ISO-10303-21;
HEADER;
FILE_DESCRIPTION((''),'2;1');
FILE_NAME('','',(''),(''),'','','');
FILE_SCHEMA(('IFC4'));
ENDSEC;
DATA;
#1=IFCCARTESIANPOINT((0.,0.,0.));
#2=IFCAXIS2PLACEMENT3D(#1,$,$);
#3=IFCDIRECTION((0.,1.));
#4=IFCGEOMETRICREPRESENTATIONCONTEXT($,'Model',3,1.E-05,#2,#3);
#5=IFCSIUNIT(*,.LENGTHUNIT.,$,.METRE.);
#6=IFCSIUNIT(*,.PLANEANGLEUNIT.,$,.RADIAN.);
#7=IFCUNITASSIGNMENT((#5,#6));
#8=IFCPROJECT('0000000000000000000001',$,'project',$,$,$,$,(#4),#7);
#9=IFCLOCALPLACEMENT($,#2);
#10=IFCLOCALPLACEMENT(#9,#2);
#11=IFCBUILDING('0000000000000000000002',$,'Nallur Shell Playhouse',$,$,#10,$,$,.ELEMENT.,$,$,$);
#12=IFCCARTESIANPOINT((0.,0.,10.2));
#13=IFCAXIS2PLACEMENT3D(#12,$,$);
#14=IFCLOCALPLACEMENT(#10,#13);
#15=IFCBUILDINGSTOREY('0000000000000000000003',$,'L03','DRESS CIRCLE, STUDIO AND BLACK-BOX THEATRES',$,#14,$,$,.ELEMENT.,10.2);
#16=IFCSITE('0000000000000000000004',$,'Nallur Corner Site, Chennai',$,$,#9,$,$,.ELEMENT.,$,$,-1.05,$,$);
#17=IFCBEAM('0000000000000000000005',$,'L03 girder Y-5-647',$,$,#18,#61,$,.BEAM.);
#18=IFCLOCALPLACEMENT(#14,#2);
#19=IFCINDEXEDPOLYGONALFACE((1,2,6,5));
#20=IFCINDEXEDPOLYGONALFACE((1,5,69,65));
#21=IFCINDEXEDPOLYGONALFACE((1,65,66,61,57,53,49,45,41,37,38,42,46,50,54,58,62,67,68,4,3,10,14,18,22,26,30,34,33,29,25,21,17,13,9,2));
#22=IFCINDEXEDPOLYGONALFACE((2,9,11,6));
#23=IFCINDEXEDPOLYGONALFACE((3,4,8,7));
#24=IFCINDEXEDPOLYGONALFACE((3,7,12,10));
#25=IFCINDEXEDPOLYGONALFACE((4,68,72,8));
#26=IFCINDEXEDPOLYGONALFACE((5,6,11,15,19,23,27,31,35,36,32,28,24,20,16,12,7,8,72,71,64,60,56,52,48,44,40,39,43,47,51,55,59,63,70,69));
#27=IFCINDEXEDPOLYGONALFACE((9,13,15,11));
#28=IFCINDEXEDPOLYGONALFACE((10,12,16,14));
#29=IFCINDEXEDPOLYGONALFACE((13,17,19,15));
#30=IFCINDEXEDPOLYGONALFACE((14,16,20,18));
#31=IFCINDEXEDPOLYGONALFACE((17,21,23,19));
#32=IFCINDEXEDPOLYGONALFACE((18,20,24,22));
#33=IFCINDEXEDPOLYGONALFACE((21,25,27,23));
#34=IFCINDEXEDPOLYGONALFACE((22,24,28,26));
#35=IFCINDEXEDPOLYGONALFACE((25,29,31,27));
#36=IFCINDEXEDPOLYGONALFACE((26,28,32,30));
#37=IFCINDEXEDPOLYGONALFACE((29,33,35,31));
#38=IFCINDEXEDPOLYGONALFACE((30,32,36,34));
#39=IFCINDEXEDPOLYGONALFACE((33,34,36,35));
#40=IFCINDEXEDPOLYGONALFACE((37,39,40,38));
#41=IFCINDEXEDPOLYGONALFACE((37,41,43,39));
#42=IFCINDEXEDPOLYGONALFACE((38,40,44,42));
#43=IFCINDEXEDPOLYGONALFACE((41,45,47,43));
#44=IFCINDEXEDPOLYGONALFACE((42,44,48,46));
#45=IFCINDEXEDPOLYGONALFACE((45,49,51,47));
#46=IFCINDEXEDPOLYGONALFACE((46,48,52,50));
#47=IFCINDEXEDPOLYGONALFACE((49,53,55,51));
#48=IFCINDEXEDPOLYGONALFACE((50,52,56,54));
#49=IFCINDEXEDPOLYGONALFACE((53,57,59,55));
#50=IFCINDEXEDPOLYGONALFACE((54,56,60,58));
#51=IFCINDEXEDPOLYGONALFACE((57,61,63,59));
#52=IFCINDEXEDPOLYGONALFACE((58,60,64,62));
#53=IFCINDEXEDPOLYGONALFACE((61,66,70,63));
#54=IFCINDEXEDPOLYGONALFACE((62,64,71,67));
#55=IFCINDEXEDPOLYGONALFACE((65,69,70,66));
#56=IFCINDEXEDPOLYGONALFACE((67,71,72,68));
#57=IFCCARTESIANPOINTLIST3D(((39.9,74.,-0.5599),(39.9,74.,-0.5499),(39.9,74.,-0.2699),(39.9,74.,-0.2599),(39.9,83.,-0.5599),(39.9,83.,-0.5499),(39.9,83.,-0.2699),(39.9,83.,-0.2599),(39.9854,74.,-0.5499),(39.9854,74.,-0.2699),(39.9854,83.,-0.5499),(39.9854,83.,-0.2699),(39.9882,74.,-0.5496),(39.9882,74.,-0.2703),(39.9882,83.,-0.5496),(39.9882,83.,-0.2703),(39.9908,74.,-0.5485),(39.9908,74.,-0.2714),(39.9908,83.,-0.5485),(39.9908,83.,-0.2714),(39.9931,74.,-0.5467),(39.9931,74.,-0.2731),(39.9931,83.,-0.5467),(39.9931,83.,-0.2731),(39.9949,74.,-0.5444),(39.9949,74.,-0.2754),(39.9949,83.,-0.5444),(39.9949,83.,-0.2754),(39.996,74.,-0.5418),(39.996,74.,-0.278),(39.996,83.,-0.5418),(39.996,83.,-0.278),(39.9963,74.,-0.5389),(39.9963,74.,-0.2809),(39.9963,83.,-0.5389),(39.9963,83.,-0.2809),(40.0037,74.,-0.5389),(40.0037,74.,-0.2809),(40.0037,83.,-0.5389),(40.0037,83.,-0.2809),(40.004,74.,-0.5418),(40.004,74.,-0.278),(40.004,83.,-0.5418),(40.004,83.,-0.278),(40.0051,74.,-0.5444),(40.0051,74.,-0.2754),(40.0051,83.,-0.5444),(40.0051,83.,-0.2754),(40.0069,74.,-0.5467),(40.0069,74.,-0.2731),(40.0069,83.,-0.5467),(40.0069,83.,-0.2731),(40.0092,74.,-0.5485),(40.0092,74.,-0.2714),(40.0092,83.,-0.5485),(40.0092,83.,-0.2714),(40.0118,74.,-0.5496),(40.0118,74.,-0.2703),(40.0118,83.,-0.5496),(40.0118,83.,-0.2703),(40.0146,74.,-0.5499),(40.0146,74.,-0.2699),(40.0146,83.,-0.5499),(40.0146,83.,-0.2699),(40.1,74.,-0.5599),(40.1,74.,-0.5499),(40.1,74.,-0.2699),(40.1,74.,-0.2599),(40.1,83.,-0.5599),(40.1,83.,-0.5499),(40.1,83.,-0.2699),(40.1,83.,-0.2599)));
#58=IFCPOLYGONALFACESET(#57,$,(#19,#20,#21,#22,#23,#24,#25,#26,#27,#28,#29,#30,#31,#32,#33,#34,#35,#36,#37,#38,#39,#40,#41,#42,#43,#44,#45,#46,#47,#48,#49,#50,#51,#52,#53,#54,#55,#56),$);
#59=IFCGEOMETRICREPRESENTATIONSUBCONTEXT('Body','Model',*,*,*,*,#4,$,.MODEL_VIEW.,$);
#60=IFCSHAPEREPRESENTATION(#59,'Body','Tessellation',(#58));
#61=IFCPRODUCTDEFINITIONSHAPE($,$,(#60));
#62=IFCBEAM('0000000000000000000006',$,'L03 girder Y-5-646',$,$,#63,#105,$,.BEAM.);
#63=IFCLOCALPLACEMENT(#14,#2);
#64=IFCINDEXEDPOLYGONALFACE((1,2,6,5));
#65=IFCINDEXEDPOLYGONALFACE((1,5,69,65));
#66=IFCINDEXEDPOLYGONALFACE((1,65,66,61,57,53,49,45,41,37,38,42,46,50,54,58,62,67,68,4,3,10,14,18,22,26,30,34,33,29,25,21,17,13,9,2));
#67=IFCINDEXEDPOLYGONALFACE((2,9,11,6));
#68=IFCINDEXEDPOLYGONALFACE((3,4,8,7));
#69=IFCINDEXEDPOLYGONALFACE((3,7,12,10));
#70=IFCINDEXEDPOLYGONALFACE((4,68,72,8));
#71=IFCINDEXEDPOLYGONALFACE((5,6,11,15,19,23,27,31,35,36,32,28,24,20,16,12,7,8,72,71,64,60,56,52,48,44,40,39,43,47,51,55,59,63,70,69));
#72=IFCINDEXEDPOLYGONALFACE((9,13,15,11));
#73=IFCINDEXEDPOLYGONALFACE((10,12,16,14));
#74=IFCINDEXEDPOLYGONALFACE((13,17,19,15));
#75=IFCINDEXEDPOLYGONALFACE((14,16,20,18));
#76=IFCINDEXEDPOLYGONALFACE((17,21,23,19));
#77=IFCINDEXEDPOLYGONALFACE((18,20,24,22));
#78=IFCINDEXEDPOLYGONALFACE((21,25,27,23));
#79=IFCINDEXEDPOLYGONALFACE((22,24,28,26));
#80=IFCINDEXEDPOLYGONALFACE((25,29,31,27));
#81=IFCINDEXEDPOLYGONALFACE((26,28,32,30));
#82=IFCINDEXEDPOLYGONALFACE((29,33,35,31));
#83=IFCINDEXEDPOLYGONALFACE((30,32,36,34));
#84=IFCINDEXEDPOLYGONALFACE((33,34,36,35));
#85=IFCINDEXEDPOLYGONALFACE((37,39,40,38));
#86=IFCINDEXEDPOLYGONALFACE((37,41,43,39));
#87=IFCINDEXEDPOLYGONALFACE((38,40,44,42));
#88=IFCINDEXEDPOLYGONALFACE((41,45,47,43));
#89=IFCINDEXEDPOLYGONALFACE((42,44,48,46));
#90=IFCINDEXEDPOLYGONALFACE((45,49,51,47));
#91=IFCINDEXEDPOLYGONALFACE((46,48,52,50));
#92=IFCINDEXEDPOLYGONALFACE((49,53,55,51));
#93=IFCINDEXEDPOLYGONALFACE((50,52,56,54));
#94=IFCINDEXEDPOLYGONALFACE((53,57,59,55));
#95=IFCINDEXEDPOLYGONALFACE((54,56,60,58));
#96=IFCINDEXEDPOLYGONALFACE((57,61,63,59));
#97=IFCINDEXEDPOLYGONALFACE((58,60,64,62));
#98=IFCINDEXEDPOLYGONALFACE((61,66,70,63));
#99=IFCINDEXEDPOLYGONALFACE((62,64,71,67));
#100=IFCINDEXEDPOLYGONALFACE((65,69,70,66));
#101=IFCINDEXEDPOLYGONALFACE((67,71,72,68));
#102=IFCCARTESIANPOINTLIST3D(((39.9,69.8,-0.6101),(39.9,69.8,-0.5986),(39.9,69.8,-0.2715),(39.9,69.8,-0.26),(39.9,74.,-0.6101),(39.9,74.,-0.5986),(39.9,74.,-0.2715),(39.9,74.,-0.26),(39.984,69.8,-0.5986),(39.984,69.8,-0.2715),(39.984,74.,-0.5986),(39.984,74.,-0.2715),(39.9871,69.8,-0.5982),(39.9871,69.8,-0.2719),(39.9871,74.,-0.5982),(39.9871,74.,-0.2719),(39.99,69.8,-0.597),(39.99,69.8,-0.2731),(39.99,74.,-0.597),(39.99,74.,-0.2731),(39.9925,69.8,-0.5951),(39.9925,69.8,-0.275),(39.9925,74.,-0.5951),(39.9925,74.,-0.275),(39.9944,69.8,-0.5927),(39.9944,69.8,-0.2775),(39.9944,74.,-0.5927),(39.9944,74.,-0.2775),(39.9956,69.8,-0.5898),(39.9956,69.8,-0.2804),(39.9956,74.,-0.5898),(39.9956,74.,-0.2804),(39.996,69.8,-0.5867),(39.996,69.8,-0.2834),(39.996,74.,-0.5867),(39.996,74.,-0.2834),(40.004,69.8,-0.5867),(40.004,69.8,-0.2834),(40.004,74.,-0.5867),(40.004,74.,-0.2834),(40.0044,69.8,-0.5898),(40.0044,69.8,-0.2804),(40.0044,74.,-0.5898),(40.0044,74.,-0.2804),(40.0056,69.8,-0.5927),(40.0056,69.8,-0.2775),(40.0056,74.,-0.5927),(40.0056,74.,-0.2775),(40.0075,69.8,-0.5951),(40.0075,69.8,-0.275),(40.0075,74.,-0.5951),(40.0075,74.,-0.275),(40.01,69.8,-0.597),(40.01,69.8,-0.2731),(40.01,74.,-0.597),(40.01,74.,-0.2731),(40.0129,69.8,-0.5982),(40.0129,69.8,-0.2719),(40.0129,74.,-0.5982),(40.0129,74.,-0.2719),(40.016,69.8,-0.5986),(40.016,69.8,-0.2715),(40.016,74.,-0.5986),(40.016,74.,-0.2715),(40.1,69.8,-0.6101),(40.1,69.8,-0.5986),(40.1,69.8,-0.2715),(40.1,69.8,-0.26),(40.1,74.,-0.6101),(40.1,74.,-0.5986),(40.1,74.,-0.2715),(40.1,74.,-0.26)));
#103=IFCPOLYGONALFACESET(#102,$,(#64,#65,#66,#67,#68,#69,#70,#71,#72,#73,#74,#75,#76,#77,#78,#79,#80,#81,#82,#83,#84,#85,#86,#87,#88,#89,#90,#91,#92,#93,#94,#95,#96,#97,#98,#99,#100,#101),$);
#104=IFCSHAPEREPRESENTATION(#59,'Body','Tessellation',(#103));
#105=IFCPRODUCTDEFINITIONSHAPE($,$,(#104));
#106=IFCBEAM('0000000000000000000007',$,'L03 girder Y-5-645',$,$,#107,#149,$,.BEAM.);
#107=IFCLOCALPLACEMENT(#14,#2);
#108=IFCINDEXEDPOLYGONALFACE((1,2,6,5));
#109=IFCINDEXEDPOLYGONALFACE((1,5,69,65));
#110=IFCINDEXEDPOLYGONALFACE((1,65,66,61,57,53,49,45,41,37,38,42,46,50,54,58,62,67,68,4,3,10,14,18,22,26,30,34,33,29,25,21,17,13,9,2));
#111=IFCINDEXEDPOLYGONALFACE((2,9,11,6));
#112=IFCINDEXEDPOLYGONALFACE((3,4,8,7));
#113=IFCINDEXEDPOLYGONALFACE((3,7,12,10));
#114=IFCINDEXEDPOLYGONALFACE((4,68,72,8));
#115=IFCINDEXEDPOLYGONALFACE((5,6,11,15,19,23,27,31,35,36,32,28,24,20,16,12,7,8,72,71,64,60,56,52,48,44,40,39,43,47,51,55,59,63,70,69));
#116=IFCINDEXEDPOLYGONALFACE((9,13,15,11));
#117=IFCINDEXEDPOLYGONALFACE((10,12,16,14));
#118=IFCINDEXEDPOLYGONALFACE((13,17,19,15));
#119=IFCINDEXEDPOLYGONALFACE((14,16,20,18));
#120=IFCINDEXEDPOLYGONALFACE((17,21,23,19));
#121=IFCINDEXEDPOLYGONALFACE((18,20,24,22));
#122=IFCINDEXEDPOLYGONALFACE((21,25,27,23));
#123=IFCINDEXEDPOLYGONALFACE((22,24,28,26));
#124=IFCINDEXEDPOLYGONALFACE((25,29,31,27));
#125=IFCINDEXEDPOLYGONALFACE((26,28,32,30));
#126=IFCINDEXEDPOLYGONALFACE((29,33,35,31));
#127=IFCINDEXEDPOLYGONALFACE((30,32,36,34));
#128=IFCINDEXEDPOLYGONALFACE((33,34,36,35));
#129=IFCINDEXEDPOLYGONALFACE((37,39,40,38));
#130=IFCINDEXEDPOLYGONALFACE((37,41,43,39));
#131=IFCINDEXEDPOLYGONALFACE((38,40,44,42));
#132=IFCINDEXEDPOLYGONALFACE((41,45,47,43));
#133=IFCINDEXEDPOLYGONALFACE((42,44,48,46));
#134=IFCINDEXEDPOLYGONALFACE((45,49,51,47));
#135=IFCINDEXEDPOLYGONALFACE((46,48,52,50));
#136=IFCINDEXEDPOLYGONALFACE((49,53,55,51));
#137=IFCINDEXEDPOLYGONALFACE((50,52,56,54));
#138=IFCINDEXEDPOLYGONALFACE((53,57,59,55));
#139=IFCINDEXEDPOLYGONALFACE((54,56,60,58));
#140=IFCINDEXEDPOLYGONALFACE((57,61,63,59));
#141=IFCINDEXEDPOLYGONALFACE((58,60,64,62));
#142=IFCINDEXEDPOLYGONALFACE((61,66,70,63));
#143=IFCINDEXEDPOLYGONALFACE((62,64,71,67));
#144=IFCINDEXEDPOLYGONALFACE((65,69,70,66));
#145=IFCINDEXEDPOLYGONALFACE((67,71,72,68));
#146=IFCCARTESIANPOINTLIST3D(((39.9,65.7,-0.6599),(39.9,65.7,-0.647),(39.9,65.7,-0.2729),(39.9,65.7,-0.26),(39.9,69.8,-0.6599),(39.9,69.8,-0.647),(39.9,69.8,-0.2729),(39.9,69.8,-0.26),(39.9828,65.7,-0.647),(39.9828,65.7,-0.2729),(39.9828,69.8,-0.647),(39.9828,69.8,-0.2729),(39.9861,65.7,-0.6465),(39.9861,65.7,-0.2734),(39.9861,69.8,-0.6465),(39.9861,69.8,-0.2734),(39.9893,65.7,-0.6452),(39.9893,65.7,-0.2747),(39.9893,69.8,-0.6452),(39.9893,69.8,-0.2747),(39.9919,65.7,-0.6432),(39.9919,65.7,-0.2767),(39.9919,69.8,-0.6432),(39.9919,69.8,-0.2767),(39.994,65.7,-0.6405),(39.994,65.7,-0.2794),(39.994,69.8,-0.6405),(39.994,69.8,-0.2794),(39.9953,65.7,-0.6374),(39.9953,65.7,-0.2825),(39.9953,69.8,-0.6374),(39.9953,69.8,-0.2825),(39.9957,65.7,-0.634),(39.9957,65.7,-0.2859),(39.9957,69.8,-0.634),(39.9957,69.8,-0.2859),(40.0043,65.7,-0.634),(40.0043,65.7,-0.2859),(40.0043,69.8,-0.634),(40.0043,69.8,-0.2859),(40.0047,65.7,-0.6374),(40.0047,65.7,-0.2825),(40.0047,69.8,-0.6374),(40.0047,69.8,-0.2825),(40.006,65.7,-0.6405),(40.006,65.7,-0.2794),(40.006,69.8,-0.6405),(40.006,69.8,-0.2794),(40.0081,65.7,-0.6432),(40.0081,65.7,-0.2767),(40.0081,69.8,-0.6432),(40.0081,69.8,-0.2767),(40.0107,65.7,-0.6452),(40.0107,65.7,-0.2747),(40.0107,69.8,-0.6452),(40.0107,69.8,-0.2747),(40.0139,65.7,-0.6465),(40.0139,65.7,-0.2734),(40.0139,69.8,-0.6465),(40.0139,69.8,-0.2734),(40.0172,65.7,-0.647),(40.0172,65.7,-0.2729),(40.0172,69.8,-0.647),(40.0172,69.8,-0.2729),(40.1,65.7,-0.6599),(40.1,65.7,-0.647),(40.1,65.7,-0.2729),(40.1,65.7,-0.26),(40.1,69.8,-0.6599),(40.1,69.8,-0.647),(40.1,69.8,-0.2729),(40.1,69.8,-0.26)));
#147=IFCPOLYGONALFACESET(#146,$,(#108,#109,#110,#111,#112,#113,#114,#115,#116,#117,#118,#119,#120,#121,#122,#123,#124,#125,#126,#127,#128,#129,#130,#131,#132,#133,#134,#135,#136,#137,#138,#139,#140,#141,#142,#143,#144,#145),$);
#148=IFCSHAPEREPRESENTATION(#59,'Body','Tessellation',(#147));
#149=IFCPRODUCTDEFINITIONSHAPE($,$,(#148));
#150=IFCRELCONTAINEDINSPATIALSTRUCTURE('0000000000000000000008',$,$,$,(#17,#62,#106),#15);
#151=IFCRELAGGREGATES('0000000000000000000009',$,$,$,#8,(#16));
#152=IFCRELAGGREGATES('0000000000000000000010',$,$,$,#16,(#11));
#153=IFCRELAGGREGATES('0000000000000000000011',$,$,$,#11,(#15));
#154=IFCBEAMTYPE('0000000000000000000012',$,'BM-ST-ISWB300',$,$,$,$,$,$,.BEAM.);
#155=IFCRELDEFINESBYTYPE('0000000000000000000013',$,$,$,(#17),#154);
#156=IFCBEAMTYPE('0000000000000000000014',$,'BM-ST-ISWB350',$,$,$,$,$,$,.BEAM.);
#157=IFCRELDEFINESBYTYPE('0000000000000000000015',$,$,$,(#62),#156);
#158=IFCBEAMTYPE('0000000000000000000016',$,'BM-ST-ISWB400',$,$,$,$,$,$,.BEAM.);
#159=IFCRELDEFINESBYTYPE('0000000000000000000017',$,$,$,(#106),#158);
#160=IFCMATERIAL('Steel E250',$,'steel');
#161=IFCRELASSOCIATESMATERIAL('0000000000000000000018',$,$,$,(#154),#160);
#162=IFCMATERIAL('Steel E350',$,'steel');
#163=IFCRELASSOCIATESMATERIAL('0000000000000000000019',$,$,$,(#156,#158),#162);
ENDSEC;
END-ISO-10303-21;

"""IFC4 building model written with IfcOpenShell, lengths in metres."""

from ifc_helpers import new_model, si_unit, direction, frame, origin, origin_2d, place, context, subcontext, project, spatial, i_section, extrude, material, material_profile, profile_set, type_object, element, save


model = new_model("IFC4")

# Units and contexts
model_context = context("Model", 3, precision=1e-05, world=origin(), true_north=direction((0.0, 1.0)))
body_context = subcontext(model_context, "Body", "Model", "MODEL_VIEW")
ifc_project = project(units=[si_unit("LENGTHUNIT", "METRE"), si_unit("PLANEANGLEUNIT", "RADIAN")], contexts=[model_context])

# Site, building, storey
site_placement = place(None, origin())
site = spatial("IfcSite", under=ifc_project, at=site_placement, Name="Nallur Corner Site, Chennai", CompositionType="ELEMENT", RefElevation=-1.05)
building_placement = place(site_placement, origin())
building = spatial("IfcBuilding", under=site, at=building_placement, Name="Nallur Shell Playhouse", CompositionType="ELEMENT")
storey_placement = place(building_placement, frame((0.0, 0.0, 10.2)))
storey = spatial("IfcBuildingStorey", under=building, at=storey_placement, Name="L03", Description="DRESS CIRCLE, STUDIO AND BLACK-BOX THEATRES", CompositionType="ELEMENT", Elevation=10.2)

# Beams
ifc_material_1 = material(Name="Steel E350", Category="steel")
ifc_material_2 = material(Name="Steel E250", Category="steel")
ifc_material_profile_1 = material_profile(ifc_material_2, i_section(OverallWidth=0.2, OverallDepth=0.3, WebThickness=0.0073, FlangeThickness=0.01, FilletRadius=0.011, at=origin_2d()), Name="ISWB 300")
ifc_profile_set_1 = profile_set([ifc_material_profile_1], Name="Steel E250")
beam_type_1 = type_object("IfcBeamType", Name="BM-ST-ISWB300", PredefinedType="BEAM", material=ifc_profile_set_1)
beam_1_placement = place(storey_placement, frame((40.0, 74.0, -0.4099), z_axis=(0.0, 1.0, 0.0), x_axis=(-1.0, 0.0, 0.0)))
element("IfcBeam", 1, at=beam_1_placement, inside=storey, type_object=beam_type_1, Name="L03 girder Y-5-647", PredefinedType="BEAM", context=body_context, shape_type="SweptSolid", body=[
    extrude(i_section(OverallWidth=0.2, OverallDepth=0.3, WebThickness=0.0073, FlangeThickness=0.01, FilletRadius=0.011, at=origin_2d()), origin(), (0.0, 0.0, 1.0), 9.0),
])
ifc_material_profile_2 = material_profile(ifc_material_1, i_section(OverallWidth=0.2, OverallDepth=0.3501, WebThickness=0.0081, FlangeThickness=0.0115, FilletRadius=0.012, at=origin_2d()), Name="ISWB 350")
ifc_profile_set_2 = profile_set([ifc_material_profile_2], Name="Steel E350")
beam_type_2 = type_object("IfcBeamType", Name="BM-ST-ISWB350", PredefinedType="BEAM", material=ifc_profile_set_2)
beam_2_placement = place(storey_placement, frame((40.0, 69.8, -0.4351), z_axis=(0.0, 1.0, 0.0), x_axis=(-1.0, 0.0, 0.0)))
element("IfcBeam", 2, at=beam_2_placement, inside=storey, type_object=beam_type_2, Name="L03 girder Y-5-646", PredefinedType="BEAM", context=body_context, shape_type="SweptSolid", body=[
    extrude(i_section(OverallWidth=0.2, OverallDepth=0.3501, WebThickness=0.0081, FlangeThickness=0.0115, FilletRadius=0.012, at=origin_2d()), origin(), (0.0, 0.0, 1.0), 4.2),
])
ifc_material_profile_3 = material_profile(ifc_material_1, i_section(OverallWidth=0.2, OverallDepth=0.3999, WebThickness=0.0085, FlangeThickness=0.0129, FilletRadius=0.0129, at=origin_2d()), Name="ISWB 400")
ifc_profile_set_3 = profile_set([ifc_material_profile_3], Name="Steel E350")
beam_type_3 = type_object("IfcBeamType", Name="BM-ST-ISWB400", PredefinedType="BEAM", material=ifc_profile_set_3)
beam_3_placement = place(storey_placement, frame((40.0, 65.7, -0.46), z_axis=(0.0, 1.0, 0.0), x_axis=(-1.0, 0.0, 0.0)))
element("IfcBeam", 3, at=beam_3_placement, inside=storey, type_object=beam_type_3, Name="L03 girder Y-5-645", PredefinedType="BEAM", context=body_context, shape_type="SweptSolid", body=[
    extrude(i_section(OverallWidth=0.2, OverallDepth=0.3999, WebThickness=0.0085, FlangeThickness=0.0129, FilletRadius=0.0129, at=origin_2d()), origin(), (0.0, 0.0, 1.0), 4.1001),
])

save(model, "model.ifc")
